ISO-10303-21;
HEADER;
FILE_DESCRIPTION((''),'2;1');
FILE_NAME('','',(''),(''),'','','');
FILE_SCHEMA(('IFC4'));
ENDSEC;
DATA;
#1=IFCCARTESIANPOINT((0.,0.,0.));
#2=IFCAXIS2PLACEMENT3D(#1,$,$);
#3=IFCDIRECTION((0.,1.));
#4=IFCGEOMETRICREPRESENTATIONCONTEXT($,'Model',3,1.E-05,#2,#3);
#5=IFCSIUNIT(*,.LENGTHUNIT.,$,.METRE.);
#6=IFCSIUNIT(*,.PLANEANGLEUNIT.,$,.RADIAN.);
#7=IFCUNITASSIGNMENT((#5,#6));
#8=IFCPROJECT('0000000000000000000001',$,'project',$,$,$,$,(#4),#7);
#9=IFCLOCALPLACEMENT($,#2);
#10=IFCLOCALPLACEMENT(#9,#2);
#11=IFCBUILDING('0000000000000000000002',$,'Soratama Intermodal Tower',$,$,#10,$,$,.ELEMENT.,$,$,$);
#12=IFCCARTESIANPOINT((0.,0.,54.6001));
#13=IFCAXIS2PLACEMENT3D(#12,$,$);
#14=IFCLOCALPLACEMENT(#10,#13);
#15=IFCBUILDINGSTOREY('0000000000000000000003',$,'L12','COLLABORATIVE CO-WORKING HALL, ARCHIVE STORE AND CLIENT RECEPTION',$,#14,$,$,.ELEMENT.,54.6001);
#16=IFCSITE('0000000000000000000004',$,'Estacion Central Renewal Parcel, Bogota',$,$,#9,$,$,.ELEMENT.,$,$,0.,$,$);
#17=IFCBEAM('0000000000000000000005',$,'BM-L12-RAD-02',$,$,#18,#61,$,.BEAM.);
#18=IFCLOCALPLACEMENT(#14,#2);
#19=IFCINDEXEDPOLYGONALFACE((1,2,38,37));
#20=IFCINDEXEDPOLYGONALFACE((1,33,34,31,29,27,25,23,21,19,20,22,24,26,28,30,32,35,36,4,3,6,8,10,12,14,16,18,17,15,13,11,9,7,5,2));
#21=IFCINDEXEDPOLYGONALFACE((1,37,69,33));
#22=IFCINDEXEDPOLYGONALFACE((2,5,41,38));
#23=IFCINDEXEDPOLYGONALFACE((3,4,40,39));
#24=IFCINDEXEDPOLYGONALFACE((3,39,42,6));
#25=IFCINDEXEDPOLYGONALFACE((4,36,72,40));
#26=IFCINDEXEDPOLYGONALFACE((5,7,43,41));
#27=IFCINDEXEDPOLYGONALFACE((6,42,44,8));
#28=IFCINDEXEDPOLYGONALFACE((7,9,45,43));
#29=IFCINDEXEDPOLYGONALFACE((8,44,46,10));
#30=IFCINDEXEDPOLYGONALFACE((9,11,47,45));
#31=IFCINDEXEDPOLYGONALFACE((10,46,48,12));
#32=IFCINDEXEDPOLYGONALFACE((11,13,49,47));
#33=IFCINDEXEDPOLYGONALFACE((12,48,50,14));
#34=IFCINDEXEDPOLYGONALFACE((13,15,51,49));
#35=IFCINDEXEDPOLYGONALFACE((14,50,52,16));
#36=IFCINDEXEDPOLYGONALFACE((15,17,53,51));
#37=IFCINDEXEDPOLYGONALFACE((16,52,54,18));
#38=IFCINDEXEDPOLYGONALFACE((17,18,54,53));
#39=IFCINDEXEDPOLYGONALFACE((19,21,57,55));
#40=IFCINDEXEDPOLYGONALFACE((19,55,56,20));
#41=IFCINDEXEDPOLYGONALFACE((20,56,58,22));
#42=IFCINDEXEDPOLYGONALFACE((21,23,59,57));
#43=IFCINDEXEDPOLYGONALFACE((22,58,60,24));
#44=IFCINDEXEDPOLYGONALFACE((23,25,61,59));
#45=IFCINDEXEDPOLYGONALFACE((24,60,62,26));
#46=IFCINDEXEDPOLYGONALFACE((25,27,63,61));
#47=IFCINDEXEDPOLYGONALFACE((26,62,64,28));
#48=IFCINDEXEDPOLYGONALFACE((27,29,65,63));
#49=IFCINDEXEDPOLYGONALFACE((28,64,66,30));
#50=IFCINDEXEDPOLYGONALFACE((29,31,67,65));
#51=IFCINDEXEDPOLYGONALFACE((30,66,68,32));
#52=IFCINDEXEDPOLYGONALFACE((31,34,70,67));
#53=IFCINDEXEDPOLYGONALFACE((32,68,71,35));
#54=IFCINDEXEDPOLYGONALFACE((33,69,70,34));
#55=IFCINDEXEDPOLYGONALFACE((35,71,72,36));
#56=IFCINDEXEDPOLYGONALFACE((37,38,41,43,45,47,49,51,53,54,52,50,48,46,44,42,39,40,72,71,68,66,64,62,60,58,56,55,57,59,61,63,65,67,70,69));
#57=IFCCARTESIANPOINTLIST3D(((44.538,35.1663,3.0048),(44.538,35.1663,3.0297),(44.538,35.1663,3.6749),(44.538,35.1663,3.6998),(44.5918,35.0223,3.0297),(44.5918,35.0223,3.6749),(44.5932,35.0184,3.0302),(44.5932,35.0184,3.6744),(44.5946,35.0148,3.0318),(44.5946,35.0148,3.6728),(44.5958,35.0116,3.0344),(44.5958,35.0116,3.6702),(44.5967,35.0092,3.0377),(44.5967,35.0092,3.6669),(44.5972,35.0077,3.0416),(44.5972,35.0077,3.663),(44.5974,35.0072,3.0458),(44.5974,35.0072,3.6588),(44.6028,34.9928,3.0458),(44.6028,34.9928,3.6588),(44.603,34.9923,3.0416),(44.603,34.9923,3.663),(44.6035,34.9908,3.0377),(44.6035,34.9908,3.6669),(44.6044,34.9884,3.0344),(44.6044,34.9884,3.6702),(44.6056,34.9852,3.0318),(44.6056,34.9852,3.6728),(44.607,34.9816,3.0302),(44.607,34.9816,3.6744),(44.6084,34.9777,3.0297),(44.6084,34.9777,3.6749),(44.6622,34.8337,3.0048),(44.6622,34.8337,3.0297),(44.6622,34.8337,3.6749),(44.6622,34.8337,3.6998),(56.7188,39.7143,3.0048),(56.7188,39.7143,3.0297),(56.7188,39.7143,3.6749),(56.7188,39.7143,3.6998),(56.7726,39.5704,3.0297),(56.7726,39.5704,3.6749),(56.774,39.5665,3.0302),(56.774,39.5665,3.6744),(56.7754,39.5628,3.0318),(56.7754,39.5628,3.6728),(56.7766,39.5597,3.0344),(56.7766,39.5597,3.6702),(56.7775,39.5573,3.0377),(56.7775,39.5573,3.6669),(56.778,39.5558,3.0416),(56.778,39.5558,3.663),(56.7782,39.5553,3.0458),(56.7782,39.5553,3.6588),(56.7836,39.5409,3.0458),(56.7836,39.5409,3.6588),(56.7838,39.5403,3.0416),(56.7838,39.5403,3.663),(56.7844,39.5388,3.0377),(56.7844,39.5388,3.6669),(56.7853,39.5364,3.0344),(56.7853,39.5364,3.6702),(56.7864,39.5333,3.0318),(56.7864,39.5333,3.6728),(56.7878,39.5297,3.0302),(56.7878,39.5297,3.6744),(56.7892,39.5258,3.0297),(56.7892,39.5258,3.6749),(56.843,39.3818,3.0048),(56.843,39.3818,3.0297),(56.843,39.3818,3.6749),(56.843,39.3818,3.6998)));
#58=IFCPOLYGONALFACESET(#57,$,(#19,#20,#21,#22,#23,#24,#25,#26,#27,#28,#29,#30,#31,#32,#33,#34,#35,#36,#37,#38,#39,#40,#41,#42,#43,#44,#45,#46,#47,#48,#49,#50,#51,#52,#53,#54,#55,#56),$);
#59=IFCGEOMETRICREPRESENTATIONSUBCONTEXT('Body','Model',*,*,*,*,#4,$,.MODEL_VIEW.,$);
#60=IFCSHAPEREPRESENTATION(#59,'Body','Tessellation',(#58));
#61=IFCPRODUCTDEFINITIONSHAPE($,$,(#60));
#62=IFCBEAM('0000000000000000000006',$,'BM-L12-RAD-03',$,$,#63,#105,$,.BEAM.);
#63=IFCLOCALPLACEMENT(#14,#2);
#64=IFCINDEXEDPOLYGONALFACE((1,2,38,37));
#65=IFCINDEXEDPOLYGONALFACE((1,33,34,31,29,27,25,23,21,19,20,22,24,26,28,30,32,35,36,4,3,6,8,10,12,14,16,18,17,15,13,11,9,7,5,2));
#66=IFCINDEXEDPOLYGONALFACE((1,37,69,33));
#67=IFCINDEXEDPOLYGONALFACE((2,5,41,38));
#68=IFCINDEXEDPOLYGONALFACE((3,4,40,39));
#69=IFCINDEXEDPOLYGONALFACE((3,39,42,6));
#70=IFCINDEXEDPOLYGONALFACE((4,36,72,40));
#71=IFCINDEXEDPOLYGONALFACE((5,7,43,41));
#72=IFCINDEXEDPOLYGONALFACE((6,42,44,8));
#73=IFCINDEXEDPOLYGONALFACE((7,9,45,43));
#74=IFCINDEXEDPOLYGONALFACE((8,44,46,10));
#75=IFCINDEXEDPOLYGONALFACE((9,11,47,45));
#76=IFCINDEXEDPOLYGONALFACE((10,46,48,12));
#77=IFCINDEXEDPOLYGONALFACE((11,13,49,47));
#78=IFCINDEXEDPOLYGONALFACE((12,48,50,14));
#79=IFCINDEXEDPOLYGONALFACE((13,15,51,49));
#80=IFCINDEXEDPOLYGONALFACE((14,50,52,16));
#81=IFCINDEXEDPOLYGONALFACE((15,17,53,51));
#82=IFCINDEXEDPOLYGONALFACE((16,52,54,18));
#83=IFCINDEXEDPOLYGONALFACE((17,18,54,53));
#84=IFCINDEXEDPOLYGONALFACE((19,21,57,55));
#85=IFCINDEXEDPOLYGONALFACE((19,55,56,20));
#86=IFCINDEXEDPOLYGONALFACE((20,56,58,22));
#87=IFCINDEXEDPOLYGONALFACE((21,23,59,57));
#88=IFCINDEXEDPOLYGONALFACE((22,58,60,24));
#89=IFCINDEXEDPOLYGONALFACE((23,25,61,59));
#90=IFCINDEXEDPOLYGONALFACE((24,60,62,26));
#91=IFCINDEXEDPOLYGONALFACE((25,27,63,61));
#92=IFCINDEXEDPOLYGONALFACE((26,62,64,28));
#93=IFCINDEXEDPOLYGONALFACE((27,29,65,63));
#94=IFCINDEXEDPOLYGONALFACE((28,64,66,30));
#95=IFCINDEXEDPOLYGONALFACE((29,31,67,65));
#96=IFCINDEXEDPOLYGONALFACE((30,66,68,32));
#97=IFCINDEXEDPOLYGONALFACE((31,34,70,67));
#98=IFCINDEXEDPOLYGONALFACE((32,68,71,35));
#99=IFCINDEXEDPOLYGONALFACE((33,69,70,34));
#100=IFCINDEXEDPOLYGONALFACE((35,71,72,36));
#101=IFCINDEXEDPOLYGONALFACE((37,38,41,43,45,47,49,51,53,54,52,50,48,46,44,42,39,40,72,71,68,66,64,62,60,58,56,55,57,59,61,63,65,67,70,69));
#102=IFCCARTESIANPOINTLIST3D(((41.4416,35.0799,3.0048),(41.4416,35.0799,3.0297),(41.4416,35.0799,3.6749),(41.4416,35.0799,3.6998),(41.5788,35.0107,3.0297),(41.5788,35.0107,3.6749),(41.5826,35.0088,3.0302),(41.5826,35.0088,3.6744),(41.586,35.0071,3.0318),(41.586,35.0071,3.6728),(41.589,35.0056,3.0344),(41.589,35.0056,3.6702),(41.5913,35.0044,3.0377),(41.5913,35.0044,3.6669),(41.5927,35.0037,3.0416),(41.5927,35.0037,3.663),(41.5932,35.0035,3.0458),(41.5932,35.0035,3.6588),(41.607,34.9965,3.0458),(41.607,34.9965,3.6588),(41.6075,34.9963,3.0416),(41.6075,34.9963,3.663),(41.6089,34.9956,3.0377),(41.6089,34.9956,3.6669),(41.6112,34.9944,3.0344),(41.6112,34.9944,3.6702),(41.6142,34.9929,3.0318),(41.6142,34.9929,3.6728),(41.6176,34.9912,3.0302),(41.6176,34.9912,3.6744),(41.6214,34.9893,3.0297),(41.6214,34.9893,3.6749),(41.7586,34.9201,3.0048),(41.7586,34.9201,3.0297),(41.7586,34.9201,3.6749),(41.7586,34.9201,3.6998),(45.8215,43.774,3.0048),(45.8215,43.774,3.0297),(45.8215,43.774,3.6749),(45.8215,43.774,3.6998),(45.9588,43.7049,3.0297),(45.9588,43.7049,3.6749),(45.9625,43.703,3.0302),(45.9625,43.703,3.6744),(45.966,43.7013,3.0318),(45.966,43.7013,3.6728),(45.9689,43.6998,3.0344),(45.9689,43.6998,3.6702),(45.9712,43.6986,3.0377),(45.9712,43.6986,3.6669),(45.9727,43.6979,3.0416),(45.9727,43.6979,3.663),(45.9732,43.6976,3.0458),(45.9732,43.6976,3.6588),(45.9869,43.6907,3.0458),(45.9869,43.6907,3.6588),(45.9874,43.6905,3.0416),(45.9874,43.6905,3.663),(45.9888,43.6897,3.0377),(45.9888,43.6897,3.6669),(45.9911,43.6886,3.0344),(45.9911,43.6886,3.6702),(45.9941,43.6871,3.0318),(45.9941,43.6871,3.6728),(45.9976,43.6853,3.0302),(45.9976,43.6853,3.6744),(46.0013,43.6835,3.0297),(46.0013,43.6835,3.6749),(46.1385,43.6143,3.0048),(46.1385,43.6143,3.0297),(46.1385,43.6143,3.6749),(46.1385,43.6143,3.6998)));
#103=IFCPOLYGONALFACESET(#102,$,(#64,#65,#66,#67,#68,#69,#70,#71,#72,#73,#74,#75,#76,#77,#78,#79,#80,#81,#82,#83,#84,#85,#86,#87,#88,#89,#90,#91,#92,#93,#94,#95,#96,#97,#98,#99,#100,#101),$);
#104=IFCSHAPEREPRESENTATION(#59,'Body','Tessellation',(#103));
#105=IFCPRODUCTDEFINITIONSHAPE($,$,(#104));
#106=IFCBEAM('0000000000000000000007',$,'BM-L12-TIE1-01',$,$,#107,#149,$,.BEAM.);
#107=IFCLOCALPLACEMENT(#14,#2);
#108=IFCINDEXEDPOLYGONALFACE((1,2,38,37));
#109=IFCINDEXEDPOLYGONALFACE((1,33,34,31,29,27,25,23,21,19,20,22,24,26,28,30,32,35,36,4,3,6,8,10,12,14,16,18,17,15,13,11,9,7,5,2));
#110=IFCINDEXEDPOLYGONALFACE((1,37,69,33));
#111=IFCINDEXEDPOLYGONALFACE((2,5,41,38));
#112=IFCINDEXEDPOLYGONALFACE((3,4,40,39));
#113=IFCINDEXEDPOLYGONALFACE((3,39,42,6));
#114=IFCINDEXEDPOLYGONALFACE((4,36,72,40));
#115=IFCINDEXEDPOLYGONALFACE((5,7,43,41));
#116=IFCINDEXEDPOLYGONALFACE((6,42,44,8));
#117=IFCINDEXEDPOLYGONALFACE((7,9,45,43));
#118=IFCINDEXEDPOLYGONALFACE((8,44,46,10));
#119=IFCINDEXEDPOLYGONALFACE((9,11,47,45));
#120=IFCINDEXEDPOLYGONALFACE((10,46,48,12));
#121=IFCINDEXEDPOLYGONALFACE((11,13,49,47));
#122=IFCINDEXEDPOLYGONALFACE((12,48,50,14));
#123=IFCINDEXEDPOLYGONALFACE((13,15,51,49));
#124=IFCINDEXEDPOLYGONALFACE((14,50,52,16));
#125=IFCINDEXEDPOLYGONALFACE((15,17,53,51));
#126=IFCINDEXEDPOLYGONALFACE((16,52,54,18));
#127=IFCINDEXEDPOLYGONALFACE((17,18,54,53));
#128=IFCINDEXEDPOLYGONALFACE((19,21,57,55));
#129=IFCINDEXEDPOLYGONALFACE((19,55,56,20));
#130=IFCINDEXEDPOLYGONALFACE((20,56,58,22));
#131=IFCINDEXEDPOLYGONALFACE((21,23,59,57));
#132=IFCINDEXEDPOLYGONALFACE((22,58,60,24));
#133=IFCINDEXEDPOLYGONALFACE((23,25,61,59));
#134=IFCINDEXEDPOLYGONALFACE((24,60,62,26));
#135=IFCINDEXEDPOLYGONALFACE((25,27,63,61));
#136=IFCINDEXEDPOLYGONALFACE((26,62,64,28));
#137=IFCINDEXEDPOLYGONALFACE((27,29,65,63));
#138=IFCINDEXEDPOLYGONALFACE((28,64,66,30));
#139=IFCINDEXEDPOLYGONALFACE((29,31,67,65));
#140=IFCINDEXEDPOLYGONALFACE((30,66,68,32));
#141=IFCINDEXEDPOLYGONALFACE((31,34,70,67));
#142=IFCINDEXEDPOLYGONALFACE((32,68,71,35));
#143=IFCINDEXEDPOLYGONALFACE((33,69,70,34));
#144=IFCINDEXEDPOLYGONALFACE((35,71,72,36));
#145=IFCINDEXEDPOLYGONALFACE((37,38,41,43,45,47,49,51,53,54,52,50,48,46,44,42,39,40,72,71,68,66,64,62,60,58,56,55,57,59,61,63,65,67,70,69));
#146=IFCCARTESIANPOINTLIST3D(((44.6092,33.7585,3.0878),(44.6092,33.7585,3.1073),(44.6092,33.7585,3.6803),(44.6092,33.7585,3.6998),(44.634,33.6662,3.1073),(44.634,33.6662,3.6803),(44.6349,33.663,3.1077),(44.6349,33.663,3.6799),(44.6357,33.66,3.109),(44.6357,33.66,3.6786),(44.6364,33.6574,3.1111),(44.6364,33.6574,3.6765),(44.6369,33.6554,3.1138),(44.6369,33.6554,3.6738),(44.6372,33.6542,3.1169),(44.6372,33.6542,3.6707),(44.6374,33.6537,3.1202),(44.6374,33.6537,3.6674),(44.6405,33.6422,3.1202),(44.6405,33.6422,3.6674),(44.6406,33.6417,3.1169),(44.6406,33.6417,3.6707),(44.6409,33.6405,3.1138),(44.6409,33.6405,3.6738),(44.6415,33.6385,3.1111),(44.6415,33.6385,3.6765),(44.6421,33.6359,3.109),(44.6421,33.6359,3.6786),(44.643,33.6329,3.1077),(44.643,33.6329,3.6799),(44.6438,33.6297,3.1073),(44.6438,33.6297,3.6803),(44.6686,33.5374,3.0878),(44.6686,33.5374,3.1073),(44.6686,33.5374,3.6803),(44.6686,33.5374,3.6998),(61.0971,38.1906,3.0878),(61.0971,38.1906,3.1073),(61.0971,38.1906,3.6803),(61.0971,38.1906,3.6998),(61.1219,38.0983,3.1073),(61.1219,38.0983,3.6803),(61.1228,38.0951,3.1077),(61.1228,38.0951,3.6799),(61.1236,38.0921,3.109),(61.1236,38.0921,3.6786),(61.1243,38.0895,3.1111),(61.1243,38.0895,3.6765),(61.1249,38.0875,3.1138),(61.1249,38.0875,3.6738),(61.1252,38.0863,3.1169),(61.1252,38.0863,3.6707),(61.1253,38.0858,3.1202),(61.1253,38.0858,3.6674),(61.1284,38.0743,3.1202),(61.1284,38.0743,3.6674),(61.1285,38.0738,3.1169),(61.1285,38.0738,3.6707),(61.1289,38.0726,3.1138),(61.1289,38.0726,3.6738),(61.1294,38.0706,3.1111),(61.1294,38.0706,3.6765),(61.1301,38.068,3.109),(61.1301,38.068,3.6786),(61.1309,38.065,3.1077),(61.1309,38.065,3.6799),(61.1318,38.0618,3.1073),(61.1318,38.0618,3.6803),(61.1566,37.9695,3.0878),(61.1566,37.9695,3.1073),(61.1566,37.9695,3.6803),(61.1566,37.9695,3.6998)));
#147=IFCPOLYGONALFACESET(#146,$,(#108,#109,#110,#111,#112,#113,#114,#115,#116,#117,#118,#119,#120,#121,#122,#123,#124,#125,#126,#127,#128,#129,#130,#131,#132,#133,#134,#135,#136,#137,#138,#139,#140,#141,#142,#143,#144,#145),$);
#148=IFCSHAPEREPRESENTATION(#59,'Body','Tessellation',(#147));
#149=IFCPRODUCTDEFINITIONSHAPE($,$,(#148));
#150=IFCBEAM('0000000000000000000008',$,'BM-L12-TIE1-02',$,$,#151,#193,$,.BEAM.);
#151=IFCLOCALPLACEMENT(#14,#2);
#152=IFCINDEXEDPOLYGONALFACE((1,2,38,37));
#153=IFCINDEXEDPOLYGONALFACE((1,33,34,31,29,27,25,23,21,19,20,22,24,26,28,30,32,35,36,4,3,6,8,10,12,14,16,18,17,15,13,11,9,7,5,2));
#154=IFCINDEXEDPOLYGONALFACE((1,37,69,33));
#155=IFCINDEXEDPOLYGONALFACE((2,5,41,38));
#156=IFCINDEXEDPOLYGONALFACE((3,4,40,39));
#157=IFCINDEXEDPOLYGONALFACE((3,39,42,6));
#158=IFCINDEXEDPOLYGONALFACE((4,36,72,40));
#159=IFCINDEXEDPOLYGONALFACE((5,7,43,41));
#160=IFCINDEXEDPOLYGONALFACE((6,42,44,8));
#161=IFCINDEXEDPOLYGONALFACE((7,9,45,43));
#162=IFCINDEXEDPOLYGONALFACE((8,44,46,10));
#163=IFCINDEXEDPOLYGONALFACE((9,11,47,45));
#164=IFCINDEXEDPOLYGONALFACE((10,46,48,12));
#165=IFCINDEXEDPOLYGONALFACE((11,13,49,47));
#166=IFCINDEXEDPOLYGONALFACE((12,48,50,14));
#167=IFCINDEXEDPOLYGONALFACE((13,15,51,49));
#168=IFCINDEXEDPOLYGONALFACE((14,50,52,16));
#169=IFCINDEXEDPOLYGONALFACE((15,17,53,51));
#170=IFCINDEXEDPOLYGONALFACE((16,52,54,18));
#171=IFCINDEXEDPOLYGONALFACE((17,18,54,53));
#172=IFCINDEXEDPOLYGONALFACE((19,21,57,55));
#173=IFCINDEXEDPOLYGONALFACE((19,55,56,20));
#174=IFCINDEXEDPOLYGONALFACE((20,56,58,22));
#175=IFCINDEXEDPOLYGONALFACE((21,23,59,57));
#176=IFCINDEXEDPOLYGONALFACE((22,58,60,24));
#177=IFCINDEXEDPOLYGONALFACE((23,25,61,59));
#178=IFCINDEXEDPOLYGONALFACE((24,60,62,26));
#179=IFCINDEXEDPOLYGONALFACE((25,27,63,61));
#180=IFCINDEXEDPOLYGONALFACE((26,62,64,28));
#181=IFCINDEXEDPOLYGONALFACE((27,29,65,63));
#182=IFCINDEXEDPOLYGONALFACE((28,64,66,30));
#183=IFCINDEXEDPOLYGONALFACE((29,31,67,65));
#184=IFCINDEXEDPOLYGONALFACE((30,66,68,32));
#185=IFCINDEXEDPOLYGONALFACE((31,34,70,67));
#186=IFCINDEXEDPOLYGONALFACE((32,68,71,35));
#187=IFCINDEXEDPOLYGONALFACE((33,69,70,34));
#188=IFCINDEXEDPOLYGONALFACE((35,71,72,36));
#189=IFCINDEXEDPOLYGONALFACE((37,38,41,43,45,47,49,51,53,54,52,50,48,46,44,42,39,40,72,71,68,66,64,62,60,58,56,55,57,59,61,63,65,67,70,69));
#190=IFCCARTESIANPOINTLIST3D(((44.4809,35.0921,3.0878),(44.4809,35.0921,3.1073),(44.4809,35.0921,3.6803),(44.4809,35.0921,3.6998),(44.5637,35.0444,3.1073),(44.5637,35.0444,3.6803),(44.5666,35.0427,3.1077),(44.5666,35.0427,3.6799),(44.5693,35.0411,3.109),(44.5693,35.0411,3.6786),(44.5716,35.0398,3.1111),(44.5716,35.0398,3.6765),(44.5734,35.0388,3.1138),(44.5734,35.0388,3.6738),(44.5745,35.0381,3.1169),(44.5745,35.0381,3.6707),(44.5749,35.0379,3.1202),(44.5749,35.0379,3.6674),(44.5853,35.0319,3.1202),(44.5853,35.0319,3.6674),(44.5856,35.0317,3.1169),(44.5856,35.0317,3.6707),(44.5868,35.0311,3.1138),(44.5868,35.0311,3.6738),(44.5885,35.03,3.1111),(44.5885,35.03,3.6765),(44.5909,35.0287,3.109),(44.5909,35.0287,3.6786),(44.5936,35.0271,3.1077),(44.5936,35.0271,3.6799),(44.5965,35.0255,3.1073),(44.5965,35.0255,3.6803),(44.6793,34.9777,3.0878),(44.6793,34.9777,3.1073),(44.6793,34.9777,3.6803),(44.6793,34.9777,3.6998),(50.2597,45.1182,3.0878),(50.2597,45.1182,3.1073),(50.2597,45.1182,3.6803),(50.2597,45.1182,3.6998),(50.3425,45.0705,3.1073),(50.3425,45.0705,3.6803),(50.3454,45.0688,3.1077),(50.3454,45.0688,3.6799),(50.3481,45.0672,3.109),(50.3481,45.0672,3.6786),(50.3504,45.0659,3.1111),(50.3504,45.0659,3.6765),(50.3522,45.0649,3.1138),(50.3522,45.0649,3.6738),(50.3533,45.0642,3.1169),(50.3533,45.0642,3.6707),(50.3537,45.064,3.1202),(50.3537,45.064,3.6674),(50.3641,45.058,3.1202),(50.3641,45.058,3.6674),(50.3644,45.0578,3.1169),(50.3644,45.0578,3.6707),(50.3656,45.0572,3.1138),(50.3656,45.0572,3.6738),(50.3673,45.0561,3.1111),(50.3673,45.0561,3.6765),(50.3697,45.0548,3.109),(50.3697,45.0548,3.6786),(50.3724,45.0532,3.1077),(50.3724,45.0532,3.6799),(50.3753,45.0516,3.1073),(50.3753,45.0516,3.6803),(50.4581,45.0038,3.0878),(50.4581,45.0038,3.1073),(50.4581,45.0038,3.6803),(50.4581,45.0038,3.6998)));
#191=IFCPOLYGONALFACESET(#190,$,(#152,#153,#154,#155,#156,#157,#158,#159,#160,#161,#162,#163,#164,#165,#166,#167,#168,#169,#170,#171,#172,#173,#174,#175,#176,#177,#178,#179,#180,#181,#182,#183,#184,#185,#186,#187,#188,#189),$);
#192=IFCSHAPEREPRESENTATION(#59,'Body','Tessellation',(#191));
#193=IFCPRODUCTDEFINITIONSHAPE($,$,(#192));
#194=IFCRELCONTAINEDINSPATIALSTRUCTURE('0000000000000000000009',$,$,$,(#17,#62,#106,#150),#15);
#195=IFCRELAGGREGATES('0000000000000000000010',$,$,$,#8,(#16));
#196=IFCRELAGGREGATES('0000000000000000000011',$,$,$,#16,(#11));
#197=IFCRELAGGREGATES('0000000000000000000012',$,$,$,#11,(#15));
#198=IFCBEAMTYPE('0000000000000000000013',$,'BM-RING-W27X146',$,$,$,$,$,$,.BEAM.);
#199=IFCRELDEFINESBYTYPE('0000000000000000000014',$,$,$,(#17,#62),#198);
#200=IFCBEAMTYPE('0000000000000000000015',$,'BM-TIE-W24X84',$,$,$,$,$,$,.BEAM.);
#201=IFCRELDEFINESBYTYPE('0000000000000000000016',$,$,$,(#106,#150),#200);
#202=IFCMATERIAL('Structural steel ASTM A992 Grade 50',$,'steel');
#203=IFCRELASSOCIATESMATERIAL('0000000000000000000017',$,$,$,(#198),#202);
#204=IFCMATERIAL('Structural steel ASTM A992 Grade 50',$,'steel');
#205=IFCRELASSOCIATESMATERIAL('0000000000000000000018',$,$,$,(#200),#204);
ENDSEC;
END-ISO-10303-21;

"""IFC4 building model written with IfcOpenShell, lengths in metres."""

from ifc_helpers import new_model, si_unit, direction, frame, origin, origin_2d, place, context, subcontext, project, spatial, i_section, extrude, material, material_profile, profile_set, type_object, element, save


model = new_model("IFC4")

# Units and contexts
model_context = context("Model", 3, precision=1e-05, world=origin(), true_north=direction((0.0, 1.0)))
body_context = subcontext(model_context, "Body", "Model", "MODEL_VIEW")
ifc_project = project(units=[si_unit("LENGTHUNIT", "METRE"), si_unit("PLANEANGLEUNIT", "RADIAN")], contexts=[model_context])

# Site, building, storey
site_placement = place(None, origin())
site = spatial("IfcSite", under=ifc_project, at=site_placement, Name="Estacion Central Renewal Parcel, Bogota", CompositionType="ELEMENT", RefElevation=0.0)
building_placement = place(site_placement, origin())
building = spatial("IfcBuilding", under=site, at=building_placement, Name="Soratama Intermodal Tower", CompositionType="ELEMENT")
storey_placement = place(building_placement, frame((0.0, 0.0, 54.6001)))
storey = spatial("IfcBuildingStorey", under=building, at=storey_placement, Name="L12", Description="COLLABORATIVE CO-WORKING HALL, ARCHIVE STORE AND CLIENT RECEPTION", CompositionType="ELEMENT", Elevation=54.6001)

# Beams
ifc_material_1 = material(Name="Structural steel ASTM A992 Grade 50", Category="steel")
ifc_material_profile_1 = material_profile(ifc_material_1, i_section(OverallWidth=0.355, OverallDepth=0.6951, WebThickness=0.0154, FlangeThickness=0.0249, FilletRadius=0.0161, at=origin_2d()), Name="W27X146")
ifc_profile_set_1 = profile_set([ifc_material_profile_1], Name="Structural steel ASTM A992 Grade 50")
beam_type_1 = type_object("IfcBeamType", Name="BM-RING-W27X146", PredefinedType="BEAM", material=ifc_profile_set_1)
beam_1_placement = place(storey_placement, frame((44.6001, 35.0, 3.3523), z_axis=(0.936827, 0.349792, 0.0), x_axis=(-0.349792, 0.936827, 0.0)))
element("IfcBeam", 1, at=beam_1_placement, inside=storey, type_object=beam_type_1, Name="BM-L12-RAD-02", PredefinedType="BEAM", context=body_context, shape_type="SweptSolid", body=[
    extrude(i_section(OverallWidth=0.355, OverallDepth=0.6951, WebThickness=0.0154, FlangeThickness=0.0249, FilletRadius=0.0161, at=origin_2d()), origin(), (0.0, 0.0, 1.0), 13.0022),
])
beam_2_placement = place(storey_placement, frame((41.6001, 35.0, 3.3523), z_axis=(0.44991, 0.893074, 0.0), x_axis=(-0.893074, 0.44991, 0.0)))
element("IfcBeam", 2, at=beam_2_placement, inside=storey, type_object=beam_type_1, Name="BM-L12-RAD-03", PredefinedType="BEAM", context=body_context, shape_type="SweptSolid", body=[
    extrude(i_section(OverallWidth=0.355, OverallDepth=0.6951, WebThickness=0.0154, FlangeThickness=0.0249, FilletRadius=0.0161, at=origin_2d()), origin(), (0.0, 0.0, 1.0), 9.7351),
])
ifc_material_2 = material(Name="Structural steel ASTM A992 Grade 50", Category="steel")
ifc_material_profile_2 = material_profile(ifc_material_2, i_section(OverallWidth=0.229, OverallDepth=0.6121, WebThickness=0.012, FlangeThickness=0.0195, FilletRadius=0.0129, at=origin_2d()), Name="W24X84")
ifc_profile_set_2 = profile_set([ifc_material_profile_2], Name="Structural steel ASTM A992 Grade 50")
beam_type_2 = type_object("IfcBeamType", Name="BM-TIE-W24X84", PredefinedType="BEAM", material=ifc_profile_set_2)
beam_3_placement = place(storey_placement, frame((44.6389, 33.6479, 3.3938), z_axis=(0.965718, 0.259593, 0.0), x_axis=(-0.259593, 0.965718, 0.0)))
element("IfcBeam", 3, at=beam_3_placement, inside=storey, type_object=beam_type_2, Name="BM-L12-TIE1-01", PredefinedType="BEAM", context=body_context, shape_type="SweptSolid", body=[
    extrude(i_section(OverallWidth=0.229, OverallDepth=0.6121, WebThickness=0.012, FlangeThickness=0.0195, FilletRadius=0.0129, at=origin_2d()), origin(), (0.0, 0.0, 1.0), 17.0732),
])
beam_4_placement = place(storey_placement, frame((44.5801, 35.0349, 3.3938), z_axis=(0.499366, 0.866391, 0.0), x_axis=(-0.866391, 0.499366, 0.0)))
element("IfcBeam", 4, at=beam_4_placement, inside=storey, type_object=beam_type_2, Name="BM-L12-TIE1-02", PredefinedType="BEAM", context=body_context, shape_type="SweptSolid", body=[
    extrude(i_section(OverallWidth=0.229, OverallDepth=0.6121, WebThickness=0.012, FlangeThickness=0.0195, FilletRadius=0.0129, at=origin_2d()), origin(), (0.0, 0.0, 1.0), 11.5723),
])

save(model, "model.ifc")
